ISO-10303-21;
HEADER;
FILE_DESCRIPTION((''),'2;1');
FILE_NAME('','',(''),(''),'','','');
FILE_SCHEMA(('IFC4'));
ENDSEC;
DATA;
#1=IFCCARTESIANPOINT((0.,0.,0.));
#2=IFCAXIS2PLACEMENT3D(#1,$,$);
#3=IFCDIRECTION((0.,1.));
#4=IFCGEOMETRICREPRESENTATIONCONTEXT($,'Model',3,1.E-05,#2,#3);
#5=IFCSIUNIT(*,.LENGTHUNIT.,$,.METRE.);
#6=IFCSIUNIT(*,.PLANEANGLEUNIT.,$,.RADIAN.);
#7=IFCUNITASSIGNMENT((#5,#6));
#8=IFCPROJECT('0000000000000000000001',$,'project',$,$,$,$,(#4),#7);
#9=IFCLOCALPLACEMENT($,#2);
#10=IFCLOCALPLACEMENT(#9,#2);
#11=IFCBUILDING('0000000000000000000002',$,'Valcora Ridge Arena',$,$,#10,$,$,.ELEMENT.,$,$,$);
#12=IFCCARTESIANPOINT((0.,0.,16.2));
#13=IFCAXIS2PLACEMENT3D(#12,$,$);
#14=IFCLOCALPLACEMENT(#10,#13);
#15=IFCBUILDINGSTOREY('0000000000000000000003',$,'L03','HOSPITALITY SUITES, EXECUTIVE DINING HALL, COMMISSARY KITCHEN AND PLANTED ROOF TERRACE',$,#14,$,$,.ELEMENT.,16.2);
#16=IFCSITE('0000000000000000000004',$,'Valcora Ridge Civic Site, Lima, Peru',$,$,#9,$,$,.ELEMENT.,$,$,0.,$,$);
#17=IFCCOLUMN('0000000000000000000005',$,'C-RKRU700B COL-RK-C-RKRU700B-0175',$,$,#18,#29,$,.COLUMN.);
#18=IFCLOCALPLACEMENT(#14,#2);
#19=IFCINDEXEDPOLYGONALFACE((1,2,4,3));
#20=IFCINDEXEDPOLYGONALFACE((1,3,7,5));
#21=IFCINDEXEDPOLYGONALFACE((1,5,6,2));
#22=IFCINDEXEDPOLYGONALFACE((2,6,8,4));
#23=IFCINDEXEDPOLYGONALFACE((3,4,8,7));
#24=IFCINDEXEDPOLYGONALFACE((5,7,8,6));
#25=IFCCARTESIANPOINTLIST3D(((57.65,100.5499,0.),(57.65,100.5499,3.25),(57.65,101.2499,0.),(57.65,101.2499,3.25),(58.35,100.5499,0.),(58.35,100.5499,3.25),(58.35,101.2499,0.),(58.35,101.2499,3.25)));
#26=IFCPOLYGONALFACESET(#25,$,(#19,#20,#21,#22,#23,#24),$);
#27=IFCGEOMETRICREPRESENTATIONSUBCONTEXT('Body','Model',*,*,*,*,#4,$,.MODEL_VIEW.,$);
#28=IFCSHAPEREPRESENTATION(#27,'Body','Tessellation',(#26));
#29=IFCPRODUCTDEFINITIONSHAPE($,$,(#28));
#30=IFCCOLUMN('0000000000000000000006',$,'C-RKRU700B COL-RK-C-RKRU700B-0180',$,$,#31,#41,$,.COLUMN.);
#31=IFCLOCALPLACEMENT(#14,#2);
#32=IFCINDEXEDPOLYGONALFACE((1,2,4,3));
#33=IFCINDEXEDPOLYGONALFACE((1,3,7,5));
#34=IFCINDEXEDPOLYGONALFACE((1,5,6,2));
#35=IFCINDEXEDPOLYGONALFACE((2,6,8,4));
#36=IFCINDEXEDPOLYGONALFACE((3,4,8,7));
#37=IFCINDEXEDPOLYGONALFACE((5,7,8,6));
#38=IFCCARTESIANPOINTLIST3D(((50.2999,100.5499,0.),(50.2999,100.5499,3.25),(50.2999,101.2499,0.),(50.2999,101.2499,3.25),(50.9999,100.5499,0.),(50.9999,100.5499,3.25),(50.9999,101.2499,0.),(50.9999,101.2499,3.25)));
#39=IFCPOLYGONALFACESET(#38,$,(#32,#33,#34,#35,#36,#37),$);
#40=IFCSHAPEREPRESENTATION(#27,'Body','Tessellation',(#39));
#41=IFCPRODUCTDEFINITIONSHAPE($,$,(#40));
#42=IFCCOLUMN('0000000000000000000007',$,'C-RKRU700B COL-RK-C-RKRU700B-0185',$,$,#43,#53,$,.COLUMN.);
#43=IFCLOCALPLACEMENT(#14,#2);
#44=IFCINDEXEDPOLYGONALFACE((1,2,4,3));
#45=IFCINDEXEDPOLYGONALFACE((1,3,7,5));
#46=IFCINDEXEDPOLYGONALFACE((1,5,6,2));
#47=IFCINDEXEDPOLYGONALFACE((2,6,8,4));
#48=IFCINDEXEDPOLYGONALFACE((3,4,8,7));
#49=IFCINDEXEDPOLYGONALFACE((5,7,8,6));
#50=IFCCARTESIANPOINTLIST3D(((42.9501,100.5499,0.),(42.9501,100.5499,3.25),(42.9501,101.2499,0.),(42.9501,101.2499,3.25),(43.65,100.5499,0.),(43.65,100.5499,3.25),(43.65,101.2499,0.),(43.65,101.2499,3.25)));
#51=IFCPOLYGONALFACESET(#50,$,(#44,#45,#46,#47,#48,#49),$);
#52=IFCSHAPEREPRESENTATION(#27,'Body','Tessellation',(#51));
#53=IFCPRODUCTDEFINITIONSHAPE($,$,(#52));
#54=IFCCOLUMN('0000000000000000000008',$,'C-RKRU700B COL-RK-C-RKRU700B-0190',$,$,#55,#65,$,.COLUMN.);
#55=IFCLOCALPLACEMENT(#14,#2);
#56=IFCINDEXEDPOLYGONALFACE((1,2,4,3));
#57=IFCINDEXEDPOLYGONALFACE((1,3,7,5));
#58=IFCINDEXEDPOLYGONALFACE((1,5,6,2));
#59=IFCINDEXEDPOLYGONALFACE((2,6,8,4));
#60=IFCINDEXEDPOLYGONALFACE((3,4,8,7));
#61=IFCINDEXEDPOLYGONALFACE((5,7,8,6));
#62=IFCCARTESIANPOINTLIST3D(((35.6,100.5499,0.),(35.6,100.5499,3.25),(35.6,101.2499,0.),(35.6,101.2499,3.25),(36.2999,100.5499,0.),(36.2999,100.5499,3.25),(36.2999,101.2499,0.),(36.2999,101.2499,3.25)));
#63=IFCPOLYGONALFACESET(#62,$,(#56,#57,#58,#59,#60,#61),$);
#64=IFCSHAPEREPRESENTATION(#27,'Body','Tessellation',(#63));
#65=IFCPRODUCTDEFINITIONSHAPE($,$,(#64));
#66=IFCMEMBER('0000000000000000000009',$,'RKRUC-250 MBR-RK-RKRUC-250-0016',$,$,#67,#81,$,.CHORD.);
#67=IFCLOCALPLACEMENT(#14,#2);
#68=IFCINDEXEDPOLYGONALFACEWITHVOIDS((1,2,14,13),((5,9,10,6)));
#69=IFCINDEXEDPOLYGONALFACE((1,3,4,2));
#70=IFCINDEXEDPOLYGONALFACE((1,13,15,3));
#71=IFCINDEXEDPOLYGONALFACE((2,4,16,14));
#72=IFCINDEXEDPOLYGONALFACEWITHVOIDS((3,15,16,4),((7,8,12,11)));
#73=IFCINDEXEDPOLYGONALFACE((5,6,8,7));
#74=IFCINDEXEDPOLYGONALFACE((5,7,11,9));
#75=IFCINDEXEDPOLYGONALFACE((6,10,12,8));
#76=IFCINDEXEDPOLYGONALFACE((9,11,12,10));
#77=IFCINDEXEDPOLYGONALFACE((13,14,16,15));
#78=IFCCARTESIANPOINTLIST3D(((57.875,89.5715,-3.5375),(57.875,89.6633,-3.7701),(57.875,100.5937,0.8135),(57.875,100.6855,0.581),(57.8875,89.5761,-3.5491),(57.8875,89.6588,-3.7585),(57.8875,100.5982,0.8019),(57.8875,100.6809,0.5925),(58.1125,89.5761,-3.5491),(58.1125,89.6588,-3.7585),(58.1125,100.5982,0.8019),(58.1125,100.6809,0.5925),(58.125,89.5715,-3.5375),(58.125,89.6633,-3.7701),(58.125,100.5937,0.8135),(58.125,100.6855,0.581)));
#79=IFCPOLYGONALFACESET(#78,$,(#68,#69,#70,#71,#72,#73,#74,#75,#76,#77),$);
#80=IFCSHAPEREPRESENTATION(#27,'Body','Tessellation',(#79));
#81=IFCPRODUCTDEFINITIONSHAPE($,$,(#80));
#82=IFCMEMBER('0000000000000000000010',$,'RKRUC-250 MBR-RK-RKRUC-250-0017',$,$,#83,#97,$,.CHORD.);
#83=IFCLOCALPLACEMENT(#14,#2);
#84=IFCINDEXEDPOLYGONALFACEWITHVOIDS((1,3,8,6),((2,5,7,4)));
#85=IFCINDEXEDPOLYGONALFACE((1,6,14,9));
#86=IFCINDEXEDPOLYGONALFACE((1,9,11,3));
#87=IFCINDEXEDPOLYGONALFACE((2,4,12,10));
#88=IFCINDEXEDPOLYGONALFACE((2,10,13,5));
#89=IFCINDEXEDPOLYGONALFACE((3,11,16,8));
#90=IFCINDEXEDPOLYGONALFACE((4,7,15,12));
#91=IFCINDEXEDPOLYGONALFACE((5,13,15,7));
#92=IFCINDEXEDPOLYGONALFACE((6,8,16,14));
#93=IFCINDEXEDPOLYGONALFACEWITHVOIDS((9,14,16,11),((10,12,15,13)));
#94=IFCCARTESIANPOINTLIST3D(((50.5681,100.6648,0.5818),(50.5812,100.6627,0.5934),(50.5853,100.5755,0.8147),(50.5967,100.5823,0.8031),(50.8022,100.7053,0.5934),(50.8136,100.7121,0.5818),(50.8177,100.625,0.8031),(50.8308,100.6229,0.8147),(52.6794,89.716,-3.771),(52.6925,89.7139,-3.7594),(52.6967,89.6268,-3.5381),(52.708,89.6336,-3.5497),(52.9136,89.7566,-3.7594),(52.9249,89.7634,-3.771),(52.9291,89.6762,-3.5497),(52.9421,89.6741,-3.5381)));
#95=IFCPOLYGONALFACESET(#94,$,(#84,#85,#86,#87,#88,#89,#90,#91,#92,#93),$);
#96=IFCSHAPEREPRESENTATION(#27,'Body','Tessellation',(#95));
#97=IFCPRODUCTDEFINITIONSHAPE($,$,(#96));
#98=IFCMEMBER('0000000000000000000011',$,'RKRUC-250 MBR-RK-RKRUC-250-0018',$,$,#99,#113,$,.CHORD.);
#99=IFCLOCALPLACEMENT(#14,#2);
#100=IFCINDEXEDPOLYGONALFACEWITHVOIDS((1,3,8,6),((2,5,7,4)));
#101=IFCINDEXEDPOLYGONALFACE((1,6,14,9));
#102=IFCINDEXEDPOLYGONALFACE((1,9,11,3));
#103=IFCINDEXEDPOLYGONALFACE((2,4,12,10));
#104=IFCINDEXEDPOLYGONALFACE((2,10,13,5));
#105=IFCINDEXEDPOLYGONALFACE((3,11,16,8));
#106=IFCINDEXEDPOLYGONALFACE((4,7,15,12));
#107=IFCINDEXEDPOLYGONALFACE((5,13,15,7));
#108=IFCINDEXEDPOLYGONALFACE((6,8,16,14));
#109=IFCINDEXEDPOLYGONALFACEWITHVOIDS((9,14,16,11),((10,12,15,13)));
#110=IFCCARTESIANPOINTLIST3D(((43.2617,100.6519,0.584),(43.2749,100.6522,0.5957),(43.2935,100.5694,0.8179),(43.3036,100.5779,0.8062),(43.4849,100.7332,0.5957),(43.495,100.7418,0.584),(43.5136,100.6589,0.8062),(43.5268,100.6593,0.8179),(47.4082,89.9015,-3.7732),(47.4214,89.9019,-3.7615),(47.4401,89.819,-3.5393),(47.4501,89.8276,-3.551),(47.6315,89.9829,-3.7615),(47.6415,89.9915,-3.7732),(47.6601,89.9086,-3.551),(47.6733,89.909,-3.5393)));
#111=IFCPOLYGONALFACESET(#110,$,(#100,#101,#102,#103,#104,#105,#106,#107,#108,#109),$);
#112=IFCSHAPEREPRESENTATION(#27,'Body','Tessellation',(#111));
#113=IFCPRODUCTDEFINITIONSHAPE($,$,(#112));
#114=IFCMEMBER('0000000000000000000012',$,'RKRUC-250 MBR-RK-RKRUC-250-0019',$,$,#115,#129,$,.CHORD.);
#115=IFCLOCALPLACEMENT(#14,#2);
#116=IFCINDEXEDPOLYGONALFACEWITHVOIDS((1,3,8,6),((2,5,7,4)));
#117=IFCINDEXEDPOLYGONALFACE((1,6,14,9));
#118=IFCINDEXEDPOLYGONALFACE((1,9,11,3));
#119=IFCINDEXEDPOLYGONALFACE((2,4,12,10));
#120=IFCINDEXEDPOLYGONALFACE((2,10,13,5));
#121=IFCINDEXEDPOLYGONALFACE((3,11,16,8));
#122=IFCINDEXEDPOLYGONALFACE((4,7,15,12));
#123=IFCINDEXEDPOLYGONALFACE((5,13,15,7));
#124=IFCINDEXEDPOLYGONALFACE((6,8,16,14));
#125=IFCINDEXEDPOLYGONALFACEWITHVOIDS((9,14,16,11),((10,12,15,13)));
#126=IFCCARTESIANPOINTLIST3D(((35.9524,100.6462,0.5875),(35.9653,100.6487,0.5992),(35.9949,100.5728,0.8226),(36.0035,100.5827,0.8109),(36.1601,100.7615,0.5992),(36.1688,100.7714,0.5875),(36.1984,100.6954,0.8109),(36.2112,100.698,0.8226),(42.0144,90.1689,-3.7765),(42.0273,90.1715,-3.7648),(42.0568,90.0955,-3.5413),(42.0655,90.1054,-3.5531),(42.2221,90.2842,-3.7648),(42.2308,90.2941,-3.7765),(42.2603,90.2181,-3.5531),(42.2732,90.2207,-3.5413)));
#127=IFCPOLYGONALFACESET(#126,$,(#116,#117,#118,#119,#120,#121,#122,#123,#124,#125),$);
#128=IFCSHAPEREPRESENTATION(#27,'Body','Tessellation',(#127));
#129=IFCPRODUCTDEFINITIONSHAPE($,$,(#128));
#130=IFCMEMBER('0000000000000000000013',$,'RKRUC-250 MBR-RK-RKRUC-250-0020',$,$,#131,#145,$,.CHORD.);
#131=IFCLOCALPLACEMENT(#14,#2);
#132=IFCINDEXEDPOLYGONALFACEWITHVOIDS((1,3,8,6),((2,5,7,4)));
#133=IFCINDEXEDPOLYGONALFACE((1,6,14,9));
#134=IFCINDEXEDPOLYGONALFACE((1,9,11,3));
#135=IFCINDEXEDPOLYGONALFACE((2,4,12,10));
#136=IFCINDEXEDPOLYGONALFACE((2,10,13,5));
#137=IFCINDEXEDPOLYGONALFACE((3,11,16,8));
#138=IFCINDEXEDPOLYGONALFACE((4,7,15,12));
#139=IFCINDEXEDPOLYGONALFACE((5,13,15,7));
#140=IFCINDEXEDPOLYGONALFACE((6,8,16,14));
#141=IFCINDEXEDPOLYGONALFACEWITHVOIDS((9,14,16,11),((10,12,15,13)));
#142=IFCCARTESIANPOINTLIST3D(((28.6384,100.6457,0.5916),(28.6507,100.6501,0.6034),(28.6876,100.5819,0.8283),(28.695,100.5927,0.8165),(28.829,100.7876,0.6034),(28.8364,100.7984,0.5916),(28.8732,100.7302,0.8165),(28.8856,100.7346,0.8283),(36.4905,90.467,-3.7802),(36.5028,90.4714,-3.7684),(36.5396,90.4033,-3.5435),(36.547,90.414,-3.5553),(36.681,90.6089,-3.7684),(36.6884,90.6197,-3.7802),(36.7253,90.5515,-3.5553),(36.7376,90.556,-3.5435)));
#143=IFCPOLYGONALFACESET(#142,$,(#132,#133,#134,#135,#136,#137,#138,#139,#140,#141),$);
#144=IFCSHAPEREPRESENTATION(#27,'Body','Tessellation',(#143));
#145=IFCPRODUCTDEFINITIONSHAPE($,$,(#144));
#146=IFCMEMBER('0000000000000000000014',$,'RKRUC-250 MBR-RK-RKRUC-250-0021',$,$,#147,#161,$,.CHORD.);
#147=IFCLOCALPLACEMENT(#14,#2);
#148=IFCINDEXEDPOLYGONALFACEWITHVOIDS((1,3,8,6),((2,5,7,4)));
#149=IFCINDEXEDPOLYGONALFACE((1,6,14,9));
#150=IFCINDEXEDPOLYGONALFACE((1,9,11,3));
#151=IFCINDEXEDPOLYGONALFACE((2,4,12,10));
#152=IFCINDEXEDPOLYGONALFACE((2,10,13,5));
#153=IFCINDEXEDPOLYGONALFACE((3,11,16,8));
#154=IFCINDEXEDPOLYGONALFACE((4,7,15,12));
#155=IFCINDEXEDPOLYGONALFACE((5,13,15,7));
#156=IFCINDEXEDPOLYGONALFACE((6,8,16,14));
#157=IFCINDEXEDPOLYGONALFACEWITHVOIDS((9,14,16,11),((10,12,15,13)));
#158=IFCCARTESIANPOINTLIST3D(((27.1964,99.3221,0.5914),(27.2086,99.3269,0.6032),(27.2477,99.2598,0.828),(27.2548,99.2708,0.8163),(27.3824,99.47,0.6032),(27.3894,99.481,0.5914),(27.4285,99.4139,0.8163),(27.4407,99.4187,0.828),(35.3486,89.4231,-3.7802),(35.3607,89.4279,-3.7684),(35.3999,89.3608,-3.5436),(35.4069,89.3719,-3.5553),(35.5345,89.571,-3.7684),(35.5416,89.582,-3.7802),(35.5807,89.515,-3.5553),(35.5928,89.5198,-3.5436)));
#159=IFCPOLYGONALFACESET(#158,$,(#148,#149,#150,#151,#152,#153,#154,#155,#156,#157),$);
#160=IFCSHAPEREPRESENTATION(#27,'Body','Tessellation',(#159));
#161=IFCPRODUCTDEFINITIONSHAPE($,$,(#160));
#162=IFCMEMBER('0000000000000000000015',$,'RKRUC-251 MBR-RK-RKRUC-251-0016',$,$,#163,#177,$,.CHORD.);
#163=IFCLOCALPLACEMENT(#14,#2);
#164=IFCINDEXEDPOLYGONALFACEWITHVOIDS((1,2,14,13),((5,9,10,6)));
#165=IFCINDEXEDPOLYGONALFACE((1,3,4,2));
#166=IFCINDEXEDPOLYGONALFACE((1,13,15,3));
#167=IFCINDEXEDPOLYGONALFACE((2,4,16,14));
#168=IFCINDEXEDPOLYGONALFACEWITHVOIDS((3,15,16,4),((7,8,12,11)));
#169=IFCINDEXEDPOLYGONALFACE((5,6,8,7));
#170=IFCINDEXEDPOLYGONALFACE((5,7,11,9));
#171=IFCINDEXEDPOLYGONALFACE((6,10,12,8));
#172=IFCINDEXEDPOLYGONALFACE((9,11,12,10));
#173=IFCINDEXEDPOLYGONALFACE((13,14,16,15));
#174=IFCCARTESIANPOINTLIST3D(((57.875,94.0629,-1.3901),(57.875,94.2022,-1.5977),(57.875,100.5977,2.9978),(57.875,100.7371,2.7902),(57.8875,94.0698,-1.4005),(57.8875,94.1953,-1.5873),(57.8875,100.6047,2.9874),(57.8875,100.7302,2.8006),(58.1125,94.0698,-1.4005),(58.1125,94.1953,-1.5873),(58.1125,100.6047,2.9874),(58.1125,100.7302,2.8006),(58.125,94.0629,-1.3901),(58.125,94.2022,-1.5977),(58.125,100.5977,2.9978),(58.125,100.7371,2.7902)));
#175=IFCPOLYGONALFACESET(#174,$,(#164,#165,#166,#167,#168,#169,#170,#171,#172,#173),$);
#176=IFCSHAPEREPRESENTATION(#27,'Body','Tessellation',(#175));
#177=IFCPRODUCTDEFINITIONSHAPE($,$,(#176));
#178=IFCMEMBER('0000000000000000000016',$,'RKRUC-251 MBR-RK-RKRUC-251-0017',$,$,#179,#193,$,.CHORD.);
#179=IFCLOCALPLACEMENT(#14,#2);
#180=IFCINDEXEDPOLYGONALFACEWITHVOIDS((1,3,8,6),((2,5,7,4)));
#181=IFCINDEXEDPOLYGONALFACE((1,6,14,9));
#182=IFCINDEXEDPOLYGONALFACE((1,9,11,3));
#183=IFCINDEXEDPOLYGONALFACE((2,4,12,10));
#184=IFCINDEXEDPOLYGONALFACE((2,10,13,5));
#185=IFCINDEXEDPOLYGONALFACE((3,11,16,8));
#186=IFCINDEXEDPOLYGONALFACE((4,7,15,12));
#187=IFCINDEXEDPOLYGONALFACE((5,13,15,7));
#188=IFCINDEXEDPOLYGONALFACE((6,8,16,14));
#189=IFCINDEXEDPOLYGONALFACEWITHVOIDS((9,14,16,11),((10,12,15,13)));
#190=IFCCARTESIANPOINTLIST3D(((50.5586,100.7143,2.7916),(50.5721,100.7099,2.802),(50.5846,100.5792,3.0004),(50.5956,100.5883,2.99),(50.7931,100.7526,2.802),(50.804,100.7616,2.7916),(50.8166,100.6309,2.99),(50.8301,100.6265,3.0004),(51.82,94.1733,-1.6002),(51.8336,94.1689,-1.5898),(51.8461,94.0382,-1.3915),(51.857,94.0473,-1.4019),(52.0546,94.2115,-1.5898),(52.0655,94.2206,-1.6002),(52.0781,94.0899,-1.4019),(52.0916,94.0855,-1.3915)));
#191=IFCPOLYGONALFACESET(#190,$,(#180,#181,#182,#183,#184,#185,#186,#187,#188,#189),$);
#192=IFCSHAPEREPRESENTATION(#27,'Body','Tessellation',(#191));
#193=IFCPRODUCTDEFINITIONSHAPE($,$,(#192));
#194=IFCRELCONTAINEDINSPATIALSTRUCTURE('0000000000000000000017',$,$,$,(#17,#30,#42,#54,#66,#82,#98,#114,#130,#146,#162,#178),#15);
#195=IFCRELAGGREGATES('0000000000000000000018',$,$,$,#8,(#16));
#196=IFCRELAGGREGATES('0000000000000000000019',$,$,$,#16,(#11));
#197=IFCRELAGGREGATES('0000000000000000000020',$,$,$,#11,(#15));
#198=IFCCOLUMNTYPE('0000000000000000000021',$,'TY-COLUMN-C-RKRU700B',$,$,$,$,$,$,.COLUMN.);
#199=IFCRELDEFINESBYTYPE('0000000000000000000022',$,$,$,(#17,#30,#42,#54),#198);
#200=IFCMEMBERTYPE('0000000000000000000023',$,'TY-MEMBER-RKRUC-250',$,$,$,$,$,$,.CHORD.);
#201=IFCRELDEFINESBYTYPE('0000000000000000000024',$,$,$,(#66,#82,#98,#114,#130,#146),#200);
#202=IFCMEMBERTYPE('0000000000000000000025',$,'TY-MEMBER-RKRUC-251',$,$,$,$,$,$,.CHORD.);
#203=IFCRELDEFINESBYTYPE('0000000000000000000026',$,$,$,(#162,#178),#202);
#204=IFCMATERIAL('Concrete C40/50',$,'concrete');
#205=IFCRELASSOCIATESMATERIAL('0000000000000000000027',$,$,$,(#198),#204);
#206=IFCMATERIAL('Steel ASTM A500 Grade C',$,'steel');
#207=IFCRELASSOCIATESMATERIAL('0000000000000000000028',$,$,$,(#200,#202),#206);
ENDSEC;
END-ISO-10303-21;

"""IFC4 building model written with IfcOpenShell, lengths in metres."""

from ifc_helpers import new_model, si_unit, direction, frame, origin, origin_2d, place, context, subcontext, project, spatial, rectangle, hollow_rectangle, extrude, material, material_profile, profile_set, type_object, element, save


model = new_model("IFC4")

# Units and contexts
model_context = context("Model", 3, precision=1e-05, world=origin(), true_north=direction((0.0, 1.0)))
body_context = subcontext(model_context, "Body", "Model", "MODEL_VIEW")
ifc_project = project(units=[si_unit("LENGTHUNIT", "METRE"), si_unit("PLANEANGLEUNIT", "RADIAN")], contexts=[model_context])

# Site, building, storey
site_placement = place(None, origin())
site = spatial("IfcSite", under=ifc_project, at=site_placement, Name="Valcora Ridge Civic Site, Lima, Peru", CompositionType="ELEMENT", RefElevation=0.0)
building_placement = place(site_placement, origin())
building = spatial("IfcBuilding", under=site, at=building_placement, Name="Valcora Ridge Arena", CompositionType="ELEMENT")
storey_placement = place(building_placement, frame((0.0, 0.0, 16.2)))
storey = spatial("IfcBuildingStorey", under=building, at=storey_placement, Name="L03", Description="HOSPITALITY SUITES, EXECUTIVE DINING HALL, COMMISSARY KITCHEN AND PLANTED ROOF TERRACE", CompositionType="ELEMENT", Elevation=16.2)

# Columns
ifc_material_1 = material(Name="Concrete C40/50", Category="concrete")
ifc_material_profile_1 = material_profile(ifc_material_1, rectangle(XDim=0.7, YDim=0.7, at=origin_2d()), Name="RC 700x700")
ifc_profile_set_1 = profile_set([ifc_material_profile_1], Name="Concrete C40/50")
column_type = type_object("IfcColumnType", Name="TY-COLUMN-C-RKRU700B", PredefinedType="COLUMN", material=ifc_profile_set_1)
for number, where, z_axis, x_axis, name in (
    (1, (58.0, 100.8999, 0.0), (0.0, 0.0, 1.0), (1.0, 0.0, 0.0), "C-RKRU700B COL-RK-C-RKRU700B-0175"),
    (2, (50.6499, 100.8999, 0.0), (0.0, 0.0, 1.0), (1.0, 0.0, 0.0), "C-RKRU700B COL-RK-C-RKRU700B-0180"),
    (3, (43.3, 100.8999, 0.0), (0.0, 0.0, 1.0), (1.0, 0.0, 0.0), "C-RKRU700B COL-RK-C-RKRU700B-0185"),
    (4, (35.95, 100.8999, 0.0), (0.0, 0.0, 1.0), (1.0, 0.0, 0.0), "C-RKRU700B COL-RK-C-RKRU700B-0190"),
):
    element("IfcColumn", number, at=place(storey_placement, frame(where, z_axis=z_axis, x_axis=x_axis)), inside=storey, type_object=column_type, Name=name, PredefinedType="COLUMN", context=body_context, shape_type="SweptSolid", body=[
        extrude(rectangle(XDim=0.7, YDim=0.7, at=origin_2d()), origin(), (0.0, 0.0, 1.0), 3.25),
    ])

# Members
ifc_material_2 = material(Name="Steel ASTM A500 Grade C", Category="steel")
ifc_material_profile_2 = material_profile(ifc_material_2, hollow_rectangle(XDim=0.25, YDim=0.25, WallThickness=0.0125, at=origin_2d()), Name="HSS250X250X12")
ifc_profile_set_2 = profile_set([ifc_material_profile_2], Name="Steel ASTM A500 Grade C")
member_type_1 = type_object("IfcMemberType", Name="TY-MEMBER-RKRUC-250", PredefinedType="CHORD", material=ifc_profile_set_2)
member_1_placement = place(storey_placement, frame((58.0, 89.6174, -3.6538), z_axis=(0.0, 0.930149, 0.367181), x_axis=(-1.0, 0.0, 0.0)))
element("IfcMember", 5, at=member_1_placement, inside=storey, type_object=member_type_1, Name="RKRUC-250 MBR-RK-RKRUC-250-0016", PredefinedType="CHORD", context=body_context, shape_type="SweptSolid", body=[
    extrude(hollow_rectangle(XDim=0.25, YDim=0.25, WallThickness=0.0125, at=origin_2d()), origin(), (0.0, 0.0, 1.0), 11.8499),
])
member_2_placement = place(storey_placement, frame((52.8108, 89.6951, -3.6545), z_axis=(-0.176386, 0.914687, 0.363643), x_axis=(-0.98191, -0.189349, 0.0)))
element("IfcMember", 6, at=member_2_placement, inside=storey, type_object=member_type_1, Name="RKRUC-250 MBR-RK-RKRUC-250-0017", PredefinedType="CHORD", context=body_context, shape_type="SweptSolid", body=[
    extrude(hollow_rectangle(XDim=0.25, YDim=0.25, WallThickness=0.0125, at=origin_2d()), origin(), (0.0, 0.0, 1.0), 11.97),
])
member_3_placement = place(storey_placement, frame((47.5408, 89.9053, -3.6562), z_axis=(-0.336606, 0.872689, 0.353709), x_axis=(-0.933003, -0.359869, 0.0)))
element("IfcMember", 7, at=member_3_placement, inside=storey, type_object=member_type_1, Name="RKRUC-250 MBR-RK-RKRUC-250-0018", PredefinedType="CHORD", context=body_context, shape_type="SweptSolid", body=[
    extrude(hollow_rectangle(XDim=0.25, YDim=0.25, WallThickness=0.0125, at=origin_2d()), origin(), (0.0, 0.0, 1.0), 12.3186),
])
member_4_placement = place(storey_placement, frame((42.1438, 90.1948, -3.6589), z_axis=(-0.471119, 0.81426, 0.339156), x_axis=(-0.865562, -0.500802, 0.0)))
element("IfcMember", 8, at=member_4_placement, inside=storey, type_object=member_type_1, Name="RKRUC-250 MBR-RK-RKRUC-250-0019", PredefinedType="CHORD", context=body_context, shape_type="SweptSolid", body=[
    extrude(hollow_rectangle(XDim=0.25, YDim=0.25, WallThickness=0.0125, at=origin_2d()), origin(), (0.0, 0.0, 1.0), 12.8672),
])
member_5_placement = place(storey_placement, frame((36.614, 90.5115, -3.6619), z_axis=(-0.578274, 0.749624, 0.321968), x_axis=(-0.791786, -0.610799, 0.0)))
element("IfcMember", 9, at=member_5_placement, inside=storey, type_object=member_type_1, Name="RKRUC-250 MBR-RK-RKRUC-250-0020", PredefinedType="CHORD", context=body_context, shape_type="SweptSolid", body=[
    extrude(hollow_rectangle(XDim=0.25, YDim=0.25, WallThickness=0.0125, at=origin_2d()), origin(), (0.0, 0.0, 1.0), 13.5784),
])
member_6_placement = place(storey_placement, frame((35.4707, 89.4714, -3.6619), z_axis=(-0.601707, 0.73064, 0.322667), x_axis=(-0.771929, -0.635709, 0.0)))
element("IfcMember", 10, at=member_6_placement, inside=storey, type_object=member_type_1, Name="RKRUC-250 MBR-RK-RKRUC-250-0021", PredefinedType="CHORD", context=body_context, shape_type="SweptSolid", body=[
    extrude(hollow_rectangle(XDim=0.25, YDim=0.25, WallThickness=0.0125, at=origin_2d()), origin(), (0.0, 0.0, 1.0), 13.5483),
])
ifc_material_profile_3 = material_profile(ifc_material_2, hollow_rectangle(XDim=0.25, YDim=0.25, WallThickness=0.0125, at=origin_2d()), Name="HSS250X250X12")
ifc_profile_set_3 = profile_set([ifc_material_profile_3], Name="Steel ASTM A500 Grade C")
member_type_2 = type_object("IfcMemberType", Name="TY-MEMBER-RKRUC-251", PredefinedType="CHORD", material=ifc_profile_set_3)
member_7_placement = place(storey_placement, frame((58.0, 94.1326, -1.4939), z_axis=(0.0, 0.830209, 0.557453), x_axis=(-1.0, 0.0, 0.0)))
element("IfcMember", 11, at=member_7_placement, inside=storey, type_object=member_type_2, Name="RKRUC-251 MBR-RK-RKRUC-251-0016", PredefinedType="CHORD", context=body_context, shape_type="SweptSolid", body=[
    extrude(hollow_rectangle(XDim=0.25, YDim=0.25, WallThickness=0.0125, at=origin_2d()), origin(), (0.0, 0.0, 1.0), 7.8713),
])
member_8_placement = place(storey_placement, frame((51.9558, 94.1294, -1.4958), z_axis=(-0.158099, 0.819778, 0.550425), x_axis=(-0.981906, -0.189367, 0.0)))
element("IfcMember", 12, at=member_8_placement, inside=storey, type_object=member_type_2, Name="RKRUC-251 MBR-RK-RKRUC-251-0017", PredefinedType="CHORD", context=body_context, shape_type="SweptSolid", body=[
    extrude(hollow_rectangle(XDim=0.25, YDim=0.25, WallThickness=0.0125, at=origin_2d()), origin(), (0.0, 0.0, 1.0), 7.979),
])

save(model, "model.ifc")
